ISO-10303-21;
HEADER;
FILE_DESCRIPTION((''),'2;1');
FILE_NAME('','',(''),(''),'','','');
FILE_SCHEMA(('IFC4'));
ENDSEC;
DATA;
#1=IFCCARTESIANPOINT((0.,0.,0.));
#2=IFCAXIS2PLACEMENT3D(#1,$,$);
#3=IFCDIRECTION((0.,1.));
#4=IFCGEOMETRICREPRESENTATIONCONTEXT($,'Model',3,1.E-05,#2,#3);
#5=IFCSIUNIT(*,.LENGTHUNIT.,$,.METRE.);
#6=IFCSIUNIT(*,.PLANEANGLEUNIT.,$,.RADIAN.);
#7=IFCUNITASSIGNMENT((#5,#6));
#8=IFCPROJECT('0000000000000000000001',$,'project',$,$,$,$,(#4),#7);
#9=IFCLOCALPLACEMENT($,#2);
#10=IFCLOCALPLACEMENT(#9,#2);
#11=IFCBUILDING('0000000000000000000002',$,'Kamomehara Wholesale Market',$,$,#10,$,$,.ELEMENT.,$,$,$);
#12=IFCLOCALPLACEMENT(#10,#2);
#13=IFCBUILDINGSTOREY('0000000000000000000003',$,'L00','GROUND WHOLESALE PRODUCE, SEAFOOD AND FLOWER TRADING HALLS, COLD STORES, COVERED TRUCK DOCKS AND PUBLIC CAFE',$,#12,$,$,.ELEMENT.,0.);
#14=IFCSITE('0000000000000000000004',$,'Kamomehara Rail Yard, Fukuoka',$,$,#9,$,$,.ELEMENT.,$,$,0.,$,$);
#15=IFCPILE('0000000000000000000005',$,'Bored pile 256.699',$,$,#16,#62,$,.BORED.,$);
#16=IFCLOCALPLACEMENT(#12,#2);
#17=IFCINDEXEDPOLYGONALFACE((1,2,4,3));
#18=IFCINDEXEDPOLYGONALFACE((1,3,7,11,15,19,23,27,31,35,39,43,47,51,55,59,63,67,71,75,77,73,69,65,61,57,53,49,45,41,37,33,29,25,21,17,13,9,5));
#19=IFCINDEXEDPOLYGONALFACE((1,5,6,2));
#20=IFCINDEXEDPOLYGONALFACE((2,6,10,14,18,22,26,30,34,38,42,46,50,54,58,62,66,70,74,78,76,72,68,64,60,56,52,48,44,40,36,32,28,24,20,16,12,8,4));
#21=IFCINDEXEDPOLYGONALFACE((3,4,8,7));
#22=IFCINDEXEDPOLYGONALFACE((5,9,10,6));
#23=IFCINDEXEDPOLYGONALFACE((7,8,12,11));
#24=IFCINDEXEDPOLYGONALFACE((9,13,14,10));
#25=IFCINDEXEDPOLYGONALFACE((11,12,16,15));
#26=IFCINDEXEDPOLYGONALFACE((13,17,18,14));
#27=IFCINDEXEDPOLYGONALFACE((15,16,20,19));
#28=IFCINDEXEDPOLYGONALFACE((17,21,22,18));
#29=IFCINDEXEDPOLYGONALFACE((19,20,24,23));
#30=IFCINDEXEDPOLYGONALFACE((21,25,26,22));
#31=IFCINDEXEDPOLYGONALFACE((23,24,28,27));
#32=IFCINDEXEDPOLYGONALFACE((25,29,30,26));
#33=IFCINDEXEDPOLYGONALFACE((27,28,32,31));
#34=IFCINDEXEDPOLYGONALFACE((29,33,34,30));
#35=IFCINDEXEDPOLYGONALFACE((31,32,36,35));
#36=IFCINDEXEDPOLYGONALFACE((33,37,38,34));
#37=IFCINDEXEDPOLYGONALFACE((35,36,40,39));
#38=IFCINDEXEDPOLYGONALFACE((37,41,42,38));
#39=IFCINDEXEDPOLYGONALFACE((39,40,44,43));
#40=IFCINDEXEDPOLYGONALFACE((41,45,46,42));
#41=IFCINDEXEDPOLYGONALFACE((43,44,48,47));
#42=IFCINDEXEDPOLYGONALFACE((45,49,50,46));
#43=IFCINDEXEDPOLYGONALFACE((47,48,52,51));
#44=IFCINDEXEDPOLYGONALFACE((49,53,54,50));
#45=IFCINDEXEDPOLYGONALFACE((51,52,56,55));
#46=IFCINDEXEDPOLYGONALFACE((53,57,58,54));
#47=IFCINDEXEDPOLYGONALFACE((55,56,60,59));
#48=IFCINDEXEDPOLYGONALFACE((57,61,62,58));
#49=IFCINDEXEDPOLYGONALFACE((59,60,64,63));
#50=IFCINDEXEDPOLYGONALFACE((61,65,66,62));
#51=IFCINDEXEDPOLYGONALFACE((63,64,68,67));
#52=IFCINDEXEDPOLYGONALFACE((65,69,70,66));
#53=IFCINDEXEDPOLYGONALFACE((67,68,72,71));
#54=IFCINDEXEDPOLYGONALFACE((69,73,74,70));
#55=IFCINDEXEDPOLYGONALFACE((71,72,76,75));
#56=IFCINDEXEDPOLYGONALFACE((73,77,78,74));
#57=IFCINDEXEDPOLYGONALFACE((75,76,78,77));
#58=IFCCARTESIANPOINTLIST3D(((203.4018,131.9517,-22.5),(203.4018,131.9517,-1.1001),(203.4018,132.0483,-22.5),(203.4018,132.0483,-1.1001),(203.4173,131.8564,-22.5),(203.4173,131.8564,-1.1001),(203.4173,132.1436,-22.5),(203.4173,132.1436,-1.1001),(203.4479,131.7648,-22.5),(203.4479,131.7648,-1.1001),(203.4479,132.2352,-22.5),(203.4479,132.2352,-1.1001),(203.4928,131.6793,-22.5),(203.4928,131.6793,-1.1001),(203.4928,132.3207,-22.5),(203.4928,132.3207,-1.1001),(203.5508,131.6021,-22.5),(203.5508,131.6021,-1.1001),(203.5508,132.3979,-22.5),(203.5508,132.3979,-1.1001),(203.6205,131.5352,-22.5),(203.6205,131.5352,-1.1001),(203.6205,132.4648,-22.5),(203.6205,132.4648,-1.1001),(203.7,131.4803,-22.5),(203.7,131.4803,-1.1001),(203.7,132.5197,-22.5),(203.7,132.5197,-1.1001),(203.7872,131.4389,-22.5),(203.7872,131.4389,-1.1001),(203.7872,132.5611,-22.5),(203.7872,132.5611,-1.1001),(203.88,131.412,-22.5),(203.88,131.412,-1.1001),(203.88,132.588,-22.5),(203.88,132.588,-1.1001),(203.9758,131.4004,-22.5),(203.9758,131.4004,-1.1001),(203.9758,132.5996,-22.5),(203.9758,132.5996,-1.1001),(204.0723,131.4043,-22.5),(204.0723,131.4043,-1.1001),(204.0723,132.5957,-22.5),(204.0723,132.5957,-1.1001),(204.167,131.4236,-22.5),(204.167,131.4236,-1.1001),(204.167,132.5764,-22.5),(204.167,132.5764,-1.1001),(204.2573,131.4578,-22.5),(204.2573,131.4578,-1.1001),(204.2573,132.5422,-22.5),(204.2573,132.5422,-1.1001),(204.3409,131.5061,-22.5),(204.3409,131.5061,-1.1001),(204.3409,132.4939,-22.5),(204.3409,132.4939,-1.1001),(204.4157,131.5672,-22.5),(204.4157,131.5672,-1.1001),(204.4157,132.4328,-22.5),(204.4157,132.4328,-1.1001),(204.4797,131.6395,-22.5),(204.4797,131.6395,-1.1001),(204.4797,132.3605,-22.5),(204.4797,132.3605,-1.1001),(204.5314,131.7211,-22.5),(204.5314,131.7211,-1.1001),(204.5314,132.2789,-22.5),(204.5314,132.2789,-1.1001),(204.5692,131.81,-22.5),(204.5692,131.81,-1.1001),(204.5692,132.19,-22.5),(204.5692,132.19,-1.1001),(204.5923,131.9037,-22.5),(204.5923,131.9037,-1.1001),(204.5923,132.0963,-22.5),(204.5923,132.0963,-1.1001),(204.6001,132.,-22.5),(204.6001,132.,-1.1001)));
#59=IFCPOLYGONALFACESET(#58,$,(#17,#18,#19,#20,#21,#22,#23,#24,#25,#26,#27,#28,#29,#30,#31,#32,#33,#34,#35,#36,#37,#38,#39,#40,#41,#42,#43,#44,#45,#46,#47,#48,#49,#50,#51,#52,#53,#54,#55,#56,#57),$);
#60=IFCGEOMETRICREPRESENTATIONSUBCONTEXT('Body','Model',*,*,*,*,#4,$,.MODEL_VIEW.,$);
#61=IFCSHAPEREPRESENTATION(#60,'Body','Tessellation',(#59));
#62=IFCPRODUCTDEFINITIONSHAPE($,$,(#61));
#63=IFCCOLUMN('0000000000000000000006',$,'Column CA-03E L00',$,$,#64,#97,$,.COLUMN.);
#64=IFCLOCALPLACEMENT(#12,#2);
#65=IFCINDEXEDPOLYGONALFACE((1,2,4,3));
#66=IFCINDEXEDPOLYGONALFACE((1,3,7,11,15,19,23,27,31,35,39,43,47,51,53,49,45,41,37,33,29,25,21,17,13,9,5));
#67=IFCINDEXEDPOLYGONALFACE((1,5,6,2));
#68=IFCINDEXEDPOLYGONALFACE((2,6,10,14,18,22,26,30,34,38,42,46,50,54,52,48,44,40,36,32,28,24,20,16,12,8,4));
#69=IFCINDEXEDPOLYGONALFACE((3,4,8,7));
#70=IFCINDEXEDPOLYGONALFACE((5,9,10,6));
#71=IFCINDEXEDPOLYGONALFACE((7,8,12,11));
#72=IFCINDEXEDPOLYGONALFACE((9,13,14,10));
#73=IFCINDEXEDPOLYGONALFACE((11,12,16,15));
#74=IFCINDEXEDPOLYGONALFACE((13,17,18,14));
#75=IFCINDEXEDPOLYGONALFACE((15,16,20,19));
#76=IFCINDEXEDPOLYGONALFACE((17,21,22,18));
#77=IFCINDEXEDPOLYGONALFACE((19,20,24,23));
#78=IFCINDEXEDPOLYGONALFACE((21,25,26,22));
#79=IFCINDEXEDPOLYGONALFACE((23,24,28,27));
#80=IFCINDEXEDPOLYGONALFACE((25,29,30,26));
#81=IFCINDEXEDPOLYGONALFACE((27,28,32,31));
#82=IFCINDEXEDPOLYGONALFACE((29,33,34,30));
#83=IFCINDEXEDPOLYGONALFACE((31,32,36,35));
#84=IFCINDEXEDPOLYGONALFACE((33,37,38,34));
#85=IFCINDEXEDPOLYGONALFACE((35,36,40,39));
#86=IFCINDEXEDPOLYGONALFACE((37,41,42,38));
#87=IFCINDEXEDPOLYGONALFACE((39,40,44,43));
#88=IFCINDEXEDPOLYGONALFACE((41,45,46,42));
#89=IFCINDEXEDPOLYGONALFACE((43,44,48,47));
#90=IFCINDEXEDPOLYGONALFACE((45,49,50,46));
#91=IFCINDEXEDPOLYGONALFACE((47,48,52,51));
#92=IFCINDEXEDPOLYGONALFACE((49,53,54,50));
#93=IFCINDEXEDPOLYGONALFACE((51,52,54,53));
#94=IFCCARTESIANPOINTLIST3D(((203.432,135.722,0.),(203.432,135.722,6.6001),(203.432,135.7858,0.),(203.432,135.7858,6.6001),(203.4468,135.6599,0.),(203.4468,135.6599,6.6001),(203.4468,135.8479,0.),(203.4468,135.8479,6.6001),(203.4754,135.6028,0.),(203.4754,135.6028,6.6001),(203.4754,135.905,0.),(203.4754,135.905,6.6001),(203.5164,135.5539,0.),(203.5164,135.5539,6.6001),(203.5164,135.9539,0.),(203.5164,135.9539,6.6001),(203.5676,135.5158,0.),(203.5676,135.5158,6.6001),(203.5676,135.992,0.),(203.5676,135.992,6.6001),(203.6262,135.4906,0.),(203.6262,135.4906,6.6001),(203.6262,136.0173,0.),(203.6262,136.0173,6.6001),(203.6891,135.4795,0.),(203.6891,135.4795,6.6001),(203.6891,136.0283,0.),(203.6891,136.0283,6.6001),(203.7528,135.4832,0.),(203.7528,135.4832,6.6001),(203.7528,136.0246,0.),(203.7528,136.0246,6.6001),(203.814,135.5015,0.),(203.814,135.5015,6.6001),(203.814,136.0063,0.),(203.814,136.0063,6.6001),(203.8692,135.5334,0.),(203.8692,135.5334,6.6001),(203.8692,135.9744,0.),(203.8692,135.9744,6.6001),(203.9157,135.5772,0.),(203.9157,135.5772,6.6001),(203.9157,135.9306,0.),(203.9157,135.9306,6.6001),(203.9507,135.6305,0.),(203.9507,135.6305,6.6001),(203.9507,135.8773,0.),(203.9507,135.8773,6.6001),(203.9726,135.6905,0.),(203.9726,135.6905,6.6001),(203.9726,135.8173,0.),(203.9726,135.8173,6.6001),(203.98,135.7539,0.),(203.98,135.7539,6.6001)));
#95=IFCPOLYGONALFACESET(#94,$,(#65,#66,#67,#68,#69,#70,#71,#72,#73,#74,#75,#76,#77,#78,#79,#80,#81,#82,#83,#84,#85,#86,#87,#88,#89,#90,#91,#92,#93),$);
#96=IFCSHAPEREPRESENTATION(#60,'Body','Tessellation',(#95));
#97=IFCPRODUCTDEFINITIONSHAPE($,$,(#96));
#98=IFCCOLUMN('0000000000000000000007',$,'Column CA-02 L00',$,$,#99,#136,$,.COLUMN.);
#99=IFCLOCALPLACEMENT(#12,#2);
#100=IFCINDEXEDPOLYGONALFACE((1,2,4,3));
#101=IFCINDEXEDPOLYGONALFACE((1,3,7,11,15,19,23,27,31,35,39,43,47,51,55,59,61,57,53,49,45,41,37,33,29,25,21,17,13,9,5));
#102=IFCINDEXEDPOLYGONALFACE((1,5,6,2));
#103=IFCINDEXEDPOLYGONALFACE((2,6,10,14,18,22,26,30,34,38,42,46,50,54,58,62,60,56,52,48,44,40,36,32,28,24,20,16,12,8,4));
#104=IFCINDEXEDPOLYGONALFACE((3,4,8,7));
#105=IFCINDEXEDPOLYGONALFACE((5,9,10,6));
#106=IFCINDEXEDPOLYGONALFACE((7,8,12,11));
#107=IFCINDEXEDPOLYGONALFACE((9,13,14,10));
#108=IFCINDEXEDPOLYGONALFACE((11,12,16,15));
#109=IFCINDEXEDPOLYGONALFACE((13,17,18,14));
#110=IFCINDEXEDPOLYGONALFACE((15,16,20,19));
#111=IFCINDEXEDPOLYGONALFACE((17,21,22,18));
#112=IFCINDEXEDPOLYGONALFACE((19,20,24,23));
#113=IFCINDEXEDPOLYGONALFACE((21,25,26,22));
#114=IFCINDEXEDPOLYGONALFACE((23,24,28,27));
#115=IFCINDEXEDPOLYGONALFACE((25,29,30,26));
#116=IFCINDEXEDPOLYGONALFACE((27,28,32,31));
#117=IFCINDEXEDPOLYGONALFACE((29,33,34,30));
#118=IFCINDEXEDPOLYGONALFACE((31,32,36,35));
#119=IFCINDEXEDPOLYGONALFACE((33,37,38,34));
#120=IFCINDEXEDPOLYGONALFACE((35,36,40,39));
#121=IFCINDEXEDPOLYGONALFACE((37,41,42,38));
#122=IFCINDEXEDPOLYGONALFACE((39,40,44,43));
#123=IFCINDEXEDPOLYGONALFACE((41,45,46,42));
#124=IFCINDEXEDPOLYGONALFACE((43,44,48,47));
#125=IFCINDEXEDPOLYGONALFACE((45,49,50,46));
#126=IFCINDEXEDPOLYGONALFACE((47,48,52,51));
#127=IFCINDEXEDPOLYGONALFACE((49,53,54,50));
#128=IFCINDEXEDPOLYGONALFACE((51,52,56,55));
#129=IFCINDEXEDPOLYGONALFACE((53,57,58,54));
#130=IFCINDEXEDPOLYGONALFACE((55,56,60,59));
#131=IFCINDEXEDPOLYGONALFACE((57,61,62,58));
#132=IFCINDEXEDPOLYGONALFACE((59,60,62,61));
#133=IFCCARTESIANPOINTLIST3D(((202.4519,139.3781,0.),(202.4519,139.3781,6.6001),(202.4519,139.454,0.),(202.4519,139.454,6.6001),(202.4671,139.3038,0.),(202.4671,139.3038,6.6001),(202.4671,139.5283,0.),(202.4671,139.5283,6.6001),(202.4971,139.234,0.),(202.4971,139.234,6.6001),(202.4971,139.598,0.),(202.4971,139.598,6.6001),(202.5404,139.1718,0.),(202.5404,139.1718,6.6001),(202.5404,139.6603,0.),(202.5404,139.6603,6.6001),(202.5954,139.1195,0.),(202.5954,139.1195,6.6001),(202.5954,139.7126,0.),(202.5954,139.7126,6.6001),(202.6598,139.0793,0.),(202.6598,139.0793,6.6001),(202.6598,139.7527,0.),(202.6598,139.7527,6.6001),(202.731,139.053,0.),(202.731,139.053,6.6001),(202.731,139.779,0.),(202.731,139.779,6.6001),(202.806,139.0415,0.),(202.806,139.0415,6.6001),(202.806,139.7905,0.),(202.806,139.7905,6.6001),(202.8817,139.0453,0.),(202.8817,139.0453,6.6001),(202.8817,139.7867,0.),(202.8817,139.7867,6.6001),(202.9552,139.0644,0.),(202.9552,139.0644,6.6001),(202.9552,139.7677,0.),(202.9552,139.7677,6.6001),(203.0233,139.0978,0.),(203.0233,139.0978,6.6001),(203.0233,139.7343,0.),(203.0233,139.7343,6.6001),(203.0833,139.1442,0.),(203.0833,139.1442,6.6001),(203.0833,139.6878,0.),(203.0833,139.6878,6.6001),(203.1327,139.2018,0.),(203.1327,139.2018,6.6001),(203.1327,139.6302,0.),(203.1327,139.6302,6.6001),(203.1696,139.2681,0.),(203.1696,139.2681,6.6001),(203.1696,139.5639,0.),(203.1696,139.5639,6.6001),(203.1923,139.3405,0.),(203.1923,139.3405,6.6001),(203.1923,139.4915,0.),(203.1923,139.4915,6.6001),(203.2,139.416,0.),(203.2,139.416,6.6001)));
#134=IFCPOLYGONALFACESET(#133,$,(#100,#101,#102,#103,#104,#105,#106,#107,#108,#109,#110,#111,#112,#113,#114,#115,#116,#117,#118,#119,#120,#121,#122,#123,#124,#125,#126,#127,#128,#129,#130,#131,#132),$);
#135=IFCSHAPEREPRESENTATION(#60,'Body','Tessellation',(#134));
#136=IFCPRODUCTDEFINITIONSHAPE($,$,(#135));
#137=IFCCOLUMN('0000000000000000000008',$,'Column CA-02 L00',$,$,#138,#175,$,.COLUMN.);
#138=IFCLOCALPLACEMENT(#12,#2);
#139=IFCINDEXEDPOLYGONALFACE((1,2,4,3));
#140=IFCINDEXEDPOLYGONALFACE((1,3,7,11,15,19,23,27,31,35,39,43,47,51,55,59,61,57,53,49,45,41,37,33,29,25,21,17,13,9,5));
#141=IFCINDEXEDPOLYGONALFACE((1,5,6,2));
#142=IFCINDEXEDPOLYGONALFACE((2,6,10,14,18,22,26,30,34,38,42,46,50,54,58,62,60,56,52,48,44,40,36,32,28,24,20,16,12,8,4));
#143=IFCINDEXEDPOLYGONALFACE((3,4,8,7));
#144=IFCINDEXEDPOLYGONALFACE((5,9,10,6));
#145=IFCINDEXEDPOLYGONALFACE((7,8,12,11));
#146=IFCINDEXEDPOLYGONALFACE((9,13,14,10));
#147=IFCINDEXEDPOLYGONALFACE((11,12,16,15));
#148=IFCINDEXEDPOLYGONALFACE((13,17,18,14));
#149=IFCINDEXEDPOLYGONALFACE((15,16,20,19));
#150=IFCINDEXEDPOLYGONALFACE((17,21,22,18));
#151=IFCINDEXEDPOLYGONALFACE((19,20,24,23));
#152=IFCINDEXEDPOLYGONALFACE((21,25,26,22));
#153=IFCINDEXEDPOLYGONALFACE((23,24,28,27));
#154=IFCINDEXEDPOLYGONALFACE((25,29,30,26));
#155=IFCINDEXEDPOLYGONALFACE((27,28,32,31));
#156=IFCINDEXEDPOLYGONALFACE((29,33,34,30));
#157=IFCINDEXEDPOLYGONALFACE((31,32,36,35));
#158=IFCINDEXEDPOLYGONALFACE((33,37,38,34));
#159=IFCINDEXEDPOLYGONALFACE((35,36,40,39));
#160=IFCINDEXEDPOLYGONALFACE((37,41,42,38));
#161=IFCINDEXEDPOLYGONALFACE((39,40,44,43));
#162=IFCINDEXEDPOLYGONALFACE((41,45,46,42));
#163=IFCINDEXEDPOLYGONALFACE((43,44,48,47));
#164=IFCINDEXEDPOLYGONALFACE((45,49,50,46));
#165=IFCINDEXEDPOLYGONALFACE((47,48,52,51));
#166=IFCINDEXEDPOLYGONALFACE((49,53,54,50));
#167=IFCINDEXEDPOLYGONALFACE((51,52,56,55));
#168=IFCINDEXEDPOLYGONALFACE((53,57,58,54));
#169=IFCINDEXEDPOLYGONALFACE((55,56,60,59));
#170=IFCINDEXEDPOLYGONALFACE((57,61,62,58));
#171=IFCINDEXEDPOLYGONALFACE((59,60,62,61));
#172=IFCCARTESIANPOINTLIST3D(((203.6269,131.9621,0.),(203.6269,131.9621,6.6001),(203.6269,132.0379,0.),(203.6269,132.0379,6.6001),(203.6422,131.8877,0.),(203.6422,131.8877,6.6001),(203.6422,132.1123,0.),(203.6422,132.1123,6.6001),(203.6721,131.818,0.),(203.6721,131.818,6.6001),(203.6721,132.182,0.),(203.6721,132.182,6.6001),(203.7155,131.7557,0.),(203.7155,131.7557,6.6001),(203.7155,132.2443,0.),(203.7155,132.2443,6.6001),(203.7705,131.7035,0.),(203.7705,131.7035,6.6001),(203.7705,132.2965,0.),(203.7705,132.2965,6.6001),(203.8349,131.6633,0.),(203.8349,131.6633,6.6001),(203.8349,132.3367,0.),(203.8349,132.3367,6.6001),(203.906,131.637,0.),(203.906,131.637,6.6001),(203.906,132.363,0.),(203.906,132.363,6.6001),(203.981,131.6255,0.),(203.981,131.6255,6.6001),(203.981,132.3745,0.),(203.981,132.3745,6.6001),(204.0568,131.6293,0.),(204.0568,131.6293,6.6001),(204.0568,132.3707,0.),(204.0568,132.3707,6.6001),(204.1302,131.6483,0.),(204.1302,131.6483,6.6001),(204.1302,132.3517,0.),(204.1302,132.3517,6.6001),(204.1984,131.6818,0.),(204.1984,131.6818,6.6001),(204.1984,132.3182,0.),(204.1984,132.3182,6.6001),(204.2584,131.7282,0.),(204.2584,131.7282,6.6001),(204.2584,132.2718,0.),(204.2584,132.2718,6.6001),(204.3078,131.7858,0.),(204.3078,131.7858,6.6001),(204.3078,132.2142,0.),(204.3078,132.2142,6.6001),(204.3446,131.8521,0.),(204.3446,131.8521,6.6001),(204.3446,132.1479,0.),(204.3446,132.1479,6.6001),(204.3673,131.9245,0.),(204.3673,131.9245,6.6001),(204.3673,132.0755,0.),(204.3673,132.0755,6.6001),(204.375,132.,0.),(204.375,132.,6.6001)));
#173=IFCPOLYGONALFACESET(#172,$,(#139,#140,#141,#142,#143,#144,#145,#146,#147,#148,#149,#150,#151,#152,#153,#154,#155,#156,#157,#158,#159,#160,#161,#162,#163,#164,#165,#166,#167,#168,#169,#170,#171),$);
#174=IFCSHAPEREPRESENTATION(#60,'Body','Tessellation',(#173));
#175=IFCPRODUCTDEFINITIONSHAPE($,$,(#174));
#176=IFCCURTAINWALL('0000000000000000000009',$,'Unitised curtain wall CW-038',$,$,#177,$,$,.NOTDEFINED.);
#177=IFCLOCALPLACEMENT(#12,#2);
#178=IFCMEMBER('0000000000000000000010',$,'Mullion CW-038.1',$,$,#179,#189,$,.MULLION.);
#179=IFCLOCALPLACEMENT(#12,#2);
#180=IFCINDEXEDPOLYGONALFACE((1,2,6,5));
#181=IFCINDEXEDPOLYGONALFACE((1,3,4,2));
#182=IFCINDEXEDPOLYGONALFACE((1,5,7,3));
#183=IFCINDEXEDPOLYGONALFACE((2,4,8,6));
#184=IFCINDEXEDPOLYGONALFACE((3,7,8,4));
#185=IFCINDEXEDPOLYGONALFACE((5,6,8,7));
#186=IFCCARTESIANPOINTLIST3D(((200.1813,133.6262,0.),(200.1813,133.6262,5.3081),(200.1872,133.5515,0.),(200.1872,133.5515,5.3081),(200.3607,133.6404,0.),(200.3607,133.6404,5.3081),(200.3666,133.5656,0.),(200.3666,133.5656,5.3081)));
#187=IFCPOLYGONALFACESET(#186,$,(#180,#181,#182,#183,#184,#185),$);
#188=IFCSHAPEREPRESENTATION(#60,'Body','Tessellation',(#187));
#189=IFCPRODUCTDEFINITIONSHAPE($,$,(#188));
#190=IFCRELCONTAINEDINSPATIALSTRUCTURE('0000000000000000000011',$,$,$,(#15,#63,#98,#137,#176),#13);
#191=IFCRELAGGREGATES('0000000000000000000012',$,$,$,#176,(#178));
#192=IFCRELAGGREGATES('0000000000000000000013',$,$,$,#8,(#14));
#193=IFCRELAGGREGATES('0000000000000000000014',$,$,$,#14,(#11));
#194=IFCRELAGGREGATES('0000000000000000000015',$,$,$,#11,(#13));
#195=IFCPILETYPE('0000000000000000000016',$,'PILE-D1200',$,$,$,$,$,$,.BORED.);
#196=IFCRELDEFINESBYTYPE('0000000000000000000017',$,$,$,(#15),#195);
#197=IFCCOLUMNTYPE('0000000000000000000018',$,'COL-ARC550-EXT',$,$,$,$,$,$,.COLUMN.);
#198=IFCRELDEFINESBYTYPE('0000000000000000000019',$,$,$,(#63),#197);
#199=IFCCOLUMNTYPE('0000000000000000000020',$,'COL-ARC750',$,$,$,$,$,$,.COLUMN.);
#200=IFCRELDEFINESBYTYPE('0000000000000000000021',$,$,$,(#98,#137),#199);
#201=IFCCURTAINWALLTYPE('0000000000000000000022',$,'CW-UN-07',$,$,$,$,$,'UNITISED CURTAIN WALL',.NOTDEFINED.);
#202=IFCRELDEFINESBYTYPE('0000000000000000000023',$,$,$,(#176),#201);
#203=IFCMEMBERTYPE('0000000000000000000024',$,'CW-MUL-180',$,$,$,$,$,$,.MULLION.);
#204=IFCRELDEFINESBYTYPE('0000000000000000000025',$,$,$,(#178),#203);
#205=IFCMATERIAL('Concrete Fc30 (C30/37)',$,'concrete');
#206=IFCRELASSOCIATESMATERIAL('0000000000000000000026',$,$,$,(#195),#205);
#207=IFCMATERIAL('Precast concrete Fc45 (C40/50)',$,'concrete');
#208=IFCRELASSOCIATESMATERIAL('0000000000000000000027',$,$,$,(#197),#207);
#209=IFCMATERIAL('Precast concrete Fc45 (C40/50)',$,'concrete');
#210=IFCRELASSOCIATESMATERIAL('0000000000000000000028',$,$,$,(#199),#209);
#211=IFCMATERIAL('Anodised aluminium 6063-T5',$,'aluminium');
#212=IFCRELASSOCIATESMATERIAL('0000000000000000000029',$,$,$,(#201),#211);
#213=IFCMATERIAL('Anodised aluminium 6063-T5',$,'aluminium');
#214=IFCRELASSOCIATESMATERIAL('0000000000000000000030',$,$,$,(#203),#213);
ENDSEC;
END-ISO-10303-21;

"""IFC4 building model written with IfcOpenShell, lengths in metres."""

from ifc_helpers import new_model, si_unit, direction, frame, origin, origin_2d, place, context, subcontext, project, spatial, rectangle, circle, extrude, material, material_profile, profile_set, type_object, element, aggregate, save


model = new_model("IFC4")

# Units and contexts
model_context = context("Model", 3, precision=1e-05, world=origin(), true_north=direction((0.0, 1.0)))
body_context = subcontext(model_context, "Body", "Model", "MODEL_VIEW")
ifc_project = project(units=[si_unit("LENGTHUNIT", "METRE"), si_unit("PLANEANGLEUNIT", "RADIAN")], contexts=[model_context])

# Site, building, storey
site_placement = place(None, origin())
site = spatial("IfcSite", under=ifc_project, at=site_placement, Name="Kamomehara Rail Yard, Fukuoka", CompositionType="ELEMENT", RefElevation=0.0)
building_placement = place(site_placement, origin())
building = spatial("IfcBuilding", under=site, at=building_placement, Name="Kamomehara Wholesale Market", CompositionType="ELEMENT")
storey_placement = place(building_placement, origin())
storey = spatial("IfcBuildingStorey", under=building, at=storey_placement, Name="L00", Description="GROUND WHOLESALE PRODUCE, SEAFOOD AND FLOWER TRADING HALLS, COLD STORES, COVERED TRUCK DOCKS AND PUBLIC CAFE", CompositionType="ELEMENT", Elevation=0.0)

# Pile
ifc_material_1 = material(Name="Concrete Fc30 (C30/37)", Category="concrete")
ifc_material_profile_1 = material_profile(ifc_material_1, circle(Radius=0.6001, at=origin_2d()), Name="RC-PILE-D1200")
ifc_profile_set_1 = profile_set([ifc_material_profile_1], Name="Concrete Fc30 (C30/37)")
pile_type_1 = type_object("IfcPileType", Name="PILE-D1200", PredefinedType="BORED", material=ifc_profile_set_1)
for number, where, z_axis, x_axis, name in (
    (1, (204.0, 132.0, -1.1001), (0.0, 0.0, -1.0), (1.0, 0.0, 0.0), "Bored pile 256.699"),
):
    element("IfcPile", number, at=place(storey_placement, frame(where, z_axis=z_axis, x_axis=x_axis)), inside=storey, type_object=pile_type_1, Name=name, PredefinedType="BORED", context=body_context, shape_type="SweptSolid", body=[
        extrude(circle(Radius=0.6001, at=origin_2d()), origin(), (0.0, 0.0, 1.0), 21.3999),
    ])

# Columns
ifc_material_2 = material(Name="Precast concrete Fc45 (C40/50)", Category="concrete")
ifc_material_profile_2 = material_profile(ifc_material_2, circle(Radius=0.2749, at=origin_2d()), Name="PC-ARC-D550")
ifc_profile_set_2 = profile_set([ifc_material_profile_2], Name="Precast concrete Fc45 (C40/50)")
column_type_1 = type_object("IfcColumnType", Name="COL-ARC550-EXT", PredefinedType="COLUMN", material=ifc_profile_set_2)
column_placement = place(storey_placement, frame((203.7051, 135.7539, 0.0), z_axis=(0.0, 0.0, 1.0), x_axis=(1.0, 0.0, 0.0)))
element("IfcColumn", 2, at=column_placement, inside=storey, type_object=column_type_1, Name="Column CA-03E L00", PredefinedType="COLUMN", context=body_context, shape_type="SweptSolid", body=[
    extrude(circle(Radius=0.2749, at=origin_2d()), origin(), (0.0, 0.0, 1.0), 6.6001),
])
ifc_material_3 = material(Name="Precast concrete Fc45 (C40/50)", Category="concrete")
ifc_material_profile_3 = material_profile(ifc_material_3, circle(Radius=0.375, at=origin_2d()), Name="PC-ARC-D750")
ifc_profile_set_3 = profile_set([ifc_material_profile_3], Name="Precast concrete Fc45 (C40/50)")
column_type_2 = type_object("IfcColumnType", Name="COL-ARC750", PredefinedType="COLUMN", material=ifc_profile_set_3)
for number, where, z_axis, x_axis, name in (
    (3, (202.825, 139.416, 0.0), (0.0, 0.0, 1.0), (1.0, 0.0, 0.0), "Column CA-02 L00"),
    (4, (204.0, 132.0, 0.0), (0.0, 0.0, 1.0), (1.0, 0.0, 0.0), "Column CA-02 L00"),
):
    element("IfcColumn", number, at=place(storey_placement, frame(where, z_axis=z_axis, x_axis=x_axis)), inside=storey, type_object=column_type_2, Name=name, PredefinedType="COLUMN", context=body_context, shape_type="SweptSolid", body=[
        extrude(circle(Radius=0.375, at=origin_2d()), origin(), (0.0, 0.0, 1.0), 6.6001),
    ])

# Curtain wall, member
ifc_material_4 = material(Name="Anodised aluminium 6063-T5", Category="aluminium")
curtain_wall_type = type_object("IfcCurtainWallType", Name="CW-UN-07", ElementType="UNITISED CURTAIN WALL", PredefinedType="NOTDEFINED", material=ifc_material_4)
curtain_wall_1_placement = place(storey_placement, origin())
curtain_wall_1 = element("IfcCurtainWall", 5, at=curtain_wall_1_placement, inside=storey, type_object=curtain_wall_type, Name="Unitised curtain wall CW-038", PredefinedType="NOTDEFINED")
ifc_material_5 = material(Name="Anodised aluminium 6063-T5", Category="aluminium")
ifc_material_profile_4 = material_profile(ifc_material_5, rectangle(XDim=0.075, YDim=0.1799, at=origin_2d()), Name="ALU-MUL-75x180")
ifc_profile_set_4 = profile_set([ifc_material_profile_4], Name="Anodised aluminium 6063-T5")
member_type_1 = type_object("IfcMemberType", Name="CW-MUL-180", PredefinedType="MULLION", material=ifc_profile_set_4)
member_1_placement = place(storey_placement, frame((200.2739, 133.5959, 0.0), z_axis=(0.0, 0.0, 1.0), x_axis=(0.078473, -0.996916, 0.0)))
member_1 = element("IfcMember", 6, at=member_1_placement, type_object=member_type_1, Name="Mullion CW-038.1", PredefinedType="MULLION", context=body_context, shape_type="SweptSolid", body=[
    extrude(rectangle(XDim=0.075, YDim=0.1799, at=origin_2d()), origin(), (0.0, 0.0, 1.0), 5.3081),
])

aggregate(curtain_wall_1, [member_1])

save(model, "model.ifc")
